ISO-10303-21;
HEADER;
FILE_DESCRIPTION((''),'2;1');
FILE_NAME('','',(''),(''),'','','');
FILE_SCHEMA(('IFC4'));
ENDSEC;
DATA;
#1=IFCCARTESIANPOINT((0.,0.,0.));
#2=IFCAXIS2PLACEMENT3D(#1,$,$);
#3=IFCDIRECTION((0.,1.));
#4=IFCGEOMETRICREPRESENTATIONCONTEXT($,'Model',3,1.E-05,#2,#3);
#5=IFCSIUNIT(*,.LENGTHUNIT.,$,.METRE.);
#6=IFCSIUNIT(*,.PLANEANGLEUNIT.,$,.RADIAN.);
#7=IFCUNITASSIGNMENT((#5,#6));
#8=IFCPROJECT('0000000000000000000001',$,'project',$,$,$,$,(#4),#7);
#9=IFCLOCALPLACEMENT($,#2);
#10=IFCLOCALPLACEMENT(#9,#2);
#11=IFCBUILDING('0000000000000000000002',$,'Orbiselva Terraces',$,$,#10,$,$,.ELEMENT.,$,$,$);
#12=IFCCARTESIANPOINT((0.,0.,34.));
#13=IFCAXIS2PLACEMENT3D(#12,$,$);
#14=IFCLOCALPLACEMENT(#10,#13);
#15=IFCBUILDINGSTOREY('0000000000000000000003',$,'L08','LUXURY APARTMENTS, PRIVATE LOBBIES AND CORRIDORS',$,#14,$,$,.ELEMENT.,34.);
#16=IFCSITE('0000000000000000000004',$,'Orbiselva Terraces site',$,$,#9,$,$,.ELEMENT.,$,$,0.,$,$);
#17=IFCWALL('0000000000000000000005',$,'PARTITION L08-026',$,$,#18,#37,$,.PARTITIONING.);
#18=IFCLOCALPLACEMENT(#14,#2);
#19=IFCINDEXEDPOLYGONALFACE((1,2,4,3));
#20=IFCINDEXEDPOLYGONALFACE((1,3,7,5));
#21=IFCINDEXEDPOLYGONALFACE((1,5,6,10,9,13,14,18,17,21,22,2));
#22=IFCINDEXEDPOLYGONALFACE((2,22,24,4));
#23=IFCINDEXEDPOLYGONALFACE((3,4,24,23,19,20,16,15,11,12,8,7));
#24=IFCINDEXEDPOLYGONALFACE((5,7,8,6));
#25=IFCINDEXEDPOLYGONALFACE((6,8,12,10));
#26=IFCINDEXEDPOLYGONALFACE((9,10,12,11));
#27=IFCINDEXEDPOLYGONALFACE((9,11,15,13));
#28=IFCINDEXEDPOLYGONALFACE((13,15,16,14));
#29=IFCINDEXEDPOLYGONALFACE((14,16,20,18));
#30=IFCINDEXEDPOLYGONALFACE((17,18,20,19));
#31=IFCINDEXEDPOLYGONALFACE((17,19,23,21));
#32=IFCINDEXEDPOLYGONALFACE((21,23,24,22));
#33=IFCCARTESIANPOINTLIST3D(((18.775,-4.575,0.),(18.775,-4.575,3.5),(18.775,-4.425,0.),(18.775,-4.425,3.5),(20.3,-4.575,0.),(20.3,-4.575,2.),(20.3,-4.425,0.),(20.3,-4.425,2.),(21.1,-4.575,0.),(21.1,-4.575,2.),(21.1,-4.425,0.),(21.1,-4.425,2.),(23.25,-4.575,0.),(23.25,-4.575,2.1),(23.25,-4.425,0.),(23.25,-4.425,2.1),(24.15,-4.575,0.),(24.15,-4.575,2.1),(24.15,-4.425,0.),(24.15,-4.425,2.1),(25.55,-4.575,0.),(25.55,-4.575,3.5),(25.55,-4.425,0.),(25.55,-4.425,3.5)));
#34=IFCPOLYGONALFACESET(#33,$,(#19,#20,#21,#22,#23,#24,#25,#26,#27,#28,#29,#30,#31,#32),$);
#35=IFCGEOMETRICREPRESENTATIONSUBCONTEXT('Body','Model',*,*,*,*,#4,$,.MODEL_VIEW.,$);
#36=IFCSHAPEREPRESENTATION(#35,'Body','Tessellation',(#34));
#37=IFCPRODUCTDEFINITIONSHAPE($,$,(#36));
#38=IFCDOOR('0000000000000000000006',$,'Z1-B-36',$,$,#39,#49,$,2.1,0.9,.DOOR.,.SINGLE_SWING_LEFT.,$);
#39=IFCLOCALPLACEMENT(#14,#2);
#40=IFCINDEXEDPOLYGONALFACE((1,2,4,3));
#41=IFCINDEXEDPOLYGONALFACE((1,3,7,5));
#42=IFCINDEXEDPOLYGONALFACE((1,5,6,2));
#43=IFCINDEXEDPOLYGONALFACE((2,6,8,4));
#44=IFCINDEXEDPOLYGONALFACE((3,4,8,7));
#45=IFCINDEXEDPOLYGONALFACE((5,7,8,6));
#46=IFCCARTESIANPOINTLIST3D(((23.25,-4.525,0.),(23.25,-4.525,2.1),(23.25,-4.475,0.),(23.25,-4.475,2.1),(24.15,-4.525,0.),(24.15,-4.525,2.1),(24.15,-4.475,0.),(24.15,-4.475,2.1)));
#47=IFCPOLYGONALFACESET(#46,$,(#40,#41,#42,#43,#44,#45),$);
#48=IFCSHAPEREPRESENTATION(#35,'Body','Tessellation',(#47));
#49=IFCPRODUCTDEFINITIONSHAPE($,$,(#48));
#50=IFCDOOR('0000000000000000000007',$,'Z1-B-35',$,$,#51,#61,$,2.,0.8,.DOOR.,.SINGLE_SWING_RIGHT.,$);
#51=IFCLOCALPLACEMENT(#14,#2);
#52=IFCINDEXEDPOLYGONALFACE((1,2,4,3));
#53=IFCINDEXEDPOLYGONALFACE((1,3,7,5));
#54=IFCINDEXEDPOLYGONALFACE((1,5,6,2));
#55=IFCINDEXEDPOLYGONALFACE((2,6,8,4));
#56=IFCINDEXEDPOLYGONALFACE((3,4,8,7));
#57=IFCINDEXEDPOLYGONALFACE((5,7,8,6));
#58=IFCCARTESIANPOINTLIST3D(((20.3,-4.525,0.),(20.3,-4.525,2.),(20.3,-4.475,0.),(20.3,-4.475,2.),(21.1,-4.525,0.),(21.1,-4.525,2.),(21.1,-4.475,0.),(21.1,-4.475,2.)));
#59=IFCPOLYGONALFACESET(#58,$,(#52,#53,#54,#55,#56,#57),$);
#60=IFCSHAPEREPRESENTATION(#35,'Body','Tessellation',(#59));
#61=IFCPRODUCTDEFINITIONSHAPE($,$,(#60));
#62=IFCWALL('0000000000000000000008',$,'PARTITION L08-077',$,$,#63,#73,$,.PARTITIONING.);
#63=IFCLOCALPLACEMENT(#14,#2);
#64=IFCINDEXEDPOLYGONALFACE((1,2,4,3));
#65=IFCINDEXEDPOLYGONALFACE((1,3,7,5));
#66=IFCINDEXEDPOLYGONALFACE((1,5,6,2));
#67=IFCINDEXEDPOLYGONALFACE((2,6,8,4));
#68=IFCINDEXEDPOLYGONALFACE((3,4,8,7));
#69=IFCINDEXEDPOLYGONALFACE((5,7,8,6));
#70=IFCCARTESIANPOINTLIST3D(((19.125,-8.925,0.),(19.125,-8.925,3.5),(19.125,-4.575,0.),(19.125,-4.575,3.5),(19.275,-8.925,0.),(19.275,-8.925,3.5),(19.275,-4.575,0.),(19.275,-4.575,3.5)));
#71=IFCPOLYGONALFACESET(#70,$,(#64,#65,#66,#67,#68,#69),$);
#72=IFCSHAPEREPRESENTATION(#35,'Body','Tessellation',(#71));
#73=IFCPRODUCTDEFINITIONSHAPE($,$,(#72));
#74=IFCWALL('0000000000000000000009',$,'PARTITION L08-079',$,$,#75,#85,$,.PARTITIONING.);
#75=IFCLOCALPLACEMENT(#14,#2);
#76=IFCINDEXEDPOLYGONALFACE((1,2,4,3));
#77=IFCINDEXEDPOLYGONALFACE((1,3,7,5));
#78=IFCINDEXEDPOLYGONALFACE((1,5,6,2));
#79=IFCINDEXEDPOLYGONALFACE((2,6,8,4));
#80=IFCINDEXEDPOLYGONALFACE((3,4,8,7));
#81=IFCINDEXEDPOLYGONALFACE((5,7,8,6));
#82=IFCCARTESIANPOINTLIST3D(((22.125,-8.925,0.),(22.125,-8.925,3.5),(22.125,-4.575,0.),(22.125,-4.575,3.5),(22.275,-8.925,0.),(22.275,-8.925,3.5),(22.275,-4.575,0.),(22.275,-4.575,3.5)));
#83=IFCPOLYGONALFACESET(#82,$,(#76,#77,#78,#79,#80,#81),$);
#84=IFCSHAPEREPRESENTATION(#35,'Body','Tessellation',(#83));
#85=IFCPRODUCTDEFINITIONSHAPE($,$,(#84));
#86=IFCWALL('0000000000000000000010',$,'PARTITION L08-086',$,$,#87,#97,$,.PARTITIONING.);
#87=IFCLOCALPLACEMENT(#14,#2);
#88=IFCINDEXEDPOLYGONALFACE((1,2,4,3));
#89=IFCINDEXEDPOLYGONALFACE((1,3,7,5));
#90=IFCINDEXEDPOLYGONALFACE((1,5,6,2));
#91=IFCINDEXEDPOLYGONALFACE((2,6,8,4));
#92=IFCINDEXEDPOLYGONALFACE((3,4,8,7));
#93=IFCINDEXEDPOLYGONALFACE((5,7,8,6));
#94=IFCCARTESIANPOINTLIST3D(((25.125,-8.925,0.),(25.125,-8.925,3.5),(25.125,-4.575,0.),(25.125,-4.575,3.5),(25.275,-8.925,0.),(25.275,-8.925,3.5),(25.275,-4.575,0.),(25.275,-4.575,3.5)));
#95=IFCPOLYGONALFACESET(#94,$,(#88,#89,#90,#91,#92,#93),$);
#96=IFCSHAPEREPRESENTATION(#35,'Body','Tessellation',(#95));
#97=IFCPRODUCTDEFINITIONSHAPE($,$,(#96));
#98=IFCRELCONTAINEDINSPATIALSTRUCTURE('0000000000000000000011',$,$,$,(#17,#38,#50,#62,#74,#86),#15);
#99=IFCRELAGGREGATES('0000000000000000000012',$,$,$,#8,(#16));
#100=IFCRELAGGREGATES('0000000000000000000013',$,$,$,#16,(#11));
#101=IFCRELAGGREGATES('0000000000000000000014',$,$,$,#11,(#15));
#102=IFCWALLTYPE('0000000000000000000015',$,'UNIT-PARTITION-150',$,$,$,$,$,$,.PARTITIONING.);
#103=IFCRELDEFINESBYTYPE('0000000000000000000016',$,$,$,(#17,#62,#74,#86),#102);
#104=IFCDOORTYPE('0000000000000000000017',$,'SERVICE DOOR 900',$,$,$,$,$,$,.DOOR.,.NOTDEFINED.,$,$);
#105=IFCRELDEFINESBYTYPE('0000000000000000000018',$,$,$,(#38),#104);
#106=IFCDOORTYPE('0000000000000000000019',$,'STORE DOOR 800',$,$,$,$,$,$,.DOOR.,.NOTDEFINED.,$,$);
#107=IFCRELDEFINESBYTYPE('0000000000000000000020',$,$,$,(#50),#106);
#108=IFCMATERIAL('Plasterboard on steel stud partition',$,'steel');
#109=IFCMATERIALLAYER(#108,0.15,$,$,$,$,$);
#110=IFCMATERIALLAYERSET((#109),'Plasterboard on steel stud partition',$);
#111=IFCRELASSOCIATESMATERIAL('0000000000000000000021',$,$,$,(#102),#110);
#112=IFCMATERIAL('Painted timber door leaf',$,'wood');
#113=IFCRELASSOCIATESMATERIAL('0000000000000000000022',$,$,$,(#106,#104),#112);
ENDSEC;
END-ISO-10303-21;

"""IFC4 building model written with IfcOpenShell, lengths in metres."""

from ifc_helpers import new_model, si_unit, direction, frame, frame_2d, origin, place, context, subcontext, project, spatial, rectangle, extrude, material, layer, layer_set, type_object, element, fill, save


model = new_model("IFC4")

# Units and contexts
model_context = context("Model", 3, precision=1e-05, world=origin(), true_north=direction((0.0, 1.0)))
body_context = subcontext(model_context, "Body", "Model", "MODEL_VIEW")
ifc_project = project(units=[si_unit("LENGTHUNIT", "METRE"), si_unit("PLANEANGLEUNIT", "RADIAN")], contexts=[model_context])

# Site, building, storey
site_placement = place(None, origin())
site = spatial("IfcSite", under=ifc_project, at=site_placement, Name="Orbiselva Terraces site", CompositionType="ELEMENT", RefElevation=0.0)
building_placement = place(site_placement, origin())
building = spatial("IfcBuilding", under=site, at=building_placement, Name="Orbiselva Terraces", CompositionType="ELEMENT")
storey_placement = place(building_placement, frame((0.0, 0.0, 34.0)))
storey = spatial("IfcBuildingStorey", under=building, at=storey_placement, Name="L08", Description="LUXURY APARTMENTS, PRIVATE LOBBIES AND CORRIDORS", CompositionType="ELEMENT", Elevation=34.0)

# Shared definitions
ifc_material_1 = material(Name="Plasterboard on steel stud partition", Category="steel")

# Shared definitions
ifc_layer_1 = layer(ifc_material_1, 0.15)
ifc_layer_set_1 = layer_set([ifc_layer_1], Name="Plasterboard on steel stud partition")
wall_type_1 = type_object("IfcWallType", Name="UNIT-PARTITION-150", PredefinedType="PARTITIONING", material=ifc_layer_set_1)
ifc_material_2 = material(Name="Painted timber door leaf", Category="wood")
door_type_1 = type_object("IfcDoorType", Name="STORE DOOR 800", OperationType="NOTDEFINED", PredefinedType="DOOR", material=ifc_material_2)

# Wall, openings, doors
wall_1_placement = place(storey_placement, frame((25.55, -4.5, 0.0), z_axis=(0.0, 0.0, 1.0), x_axis=(-1.0, 0.0, 0.0)))
wall_1 = element("IfcWall", 1, at=wall_1_placement, inside=storey, type_object=wall_type_1, Name="PARTITION L08-026", PredefinedType="PARTITIONING", context=body_context, shape_type="SweptSolid", body=[
    extrude(rectangle(XDim=6.775, YDim=0.15, at=frame_2d((3.3875, 0.0))), origin(), (0.0, 0.0, 1.0), 3.5),
])
opening_1_placement = place(wall_1_placement, frame((4.45, 0.0, 0.0)))
opening_1 = element("IfcOpeningElement", 2, at=opening_1_placement, cuts=wall_1, PredefinedType="OPENING", context=body_context, shape_type="SweptSolid", body=[
    extrude(rectangle(XDim=0.8, YDim=2.0, at=frame_2d((0.4, 1.0))), frame((0.0, 0.085, 0.0), z_axis=(0.0, -1.0, 0.0), x_axis=(1.0, 0.0, 0.0)), (0.0, 0.0, 1.0), 0.17),
])
opening_2_placement = place(wall_1_placement, frame((1.4, 0.0, 0.0)))
opening_2 = element("IfcOpeningElement", 3, at=opening_2_placement, cuts=wall_1, PredefinedType="OPENING", context=body_context, shape_type="SweptSolid", body=[
    extrude(rectangle(XDim=0.9, YDim=2.1, at=frame_2d((0.45, 1.05))), frame((0.0, 0.085, 0.0), z_axis=(0.0, -1.0, 0.0), x_axis=(1.0, 0.0, 0.0)), (0.0, 0.0, 1.0), 0.17),
])
door_type_2 = type_object("IfcDoorType", Name="SERVICE DOOR 900", OperationType="NOTDEFINED", PredefinedType="DOOR", material=ifc_material_2)
door_1_placement = place(opening_2_placement, origin())
door_1 = element("IfcDoor", 4, at=door_1_placement, inside=storey, type_object=door_type_2, Name="Z1-B-36", OperationType="SINGLE_SWING_LEFT", OverallHeight=2.1, OverallWidth=0.9, PredefinedType="DOOR", context=body_context, shape_type="SweptSolid", body=[
    extrude(rectangle(XDim=0.9, YDim=2.1, at=frame_2d((0.45, 1.05))), frame((0.0, 0.025, 0.0), z_axis=(0.0, -1.0, 0.0), x_axis=(1.0, 0.0, 0.0)), (0.0, 0.0, 1.0), 0.05),
])
fill(opening_2, door_1)
door_2_placement = place(opening_1_placement, origin())
door_2 = element("IfcDoor", 5, at=door_2_placement, inside=storey, type_object=door_type_1, Name="Z1-B-35", OperationType="SINGLE_SWING_RIGHT", OverallHeight=2.0, OverallWidth=0.8, PredefinedType="DOOR", context=body_context, shape_type="SweptSolid", body=[
    extrude(rectangle(XDim=0.8, YDim=2.0, at=frame_2d((0.4, 1.0))), frame((0.0, 0.025, 0.0), z_axis=(0.0, -1.0, 0.0), x_axis=(1.0, 0.0, 0.0)), (0.0, 0.0, 1.0), 0.05),
])
fill(opening_1, door_2)

# Walls
for number, where, z_axis, x_axis, name in (
    (6, (19.2, -8.925, 0.0), (0.0, 0.0, 1.0), (0.0, 1.0, 0.0), "PARTITION L08-077"),
    (7, (22.2, -8.925, 0.0), (0.0, 0.0, 1.0), (0.0, 1.0, 0.0), "PARTITION L08-079"),
    (8, (25.2, -8.925, 0.0), (0.0, 0.0, 1.0), (0.0, 1.0, 0.0), "PARTITION L08-086"),
):
    element("IfcWall", number, at=place(storey_placement, frame(where, z_axis=z_axis, x_axis=x_axis)), inside=storey, type_object=wall_type_1, Name=name, PredefinedType="PARTITIONING", context=body_context, shape_type="SweptSolid", body=[
        extrude(rectangle(XDim=4.35, YDim=0.15, at=frame_2d((2.175, 0.0))), origin(), (0.0, 0.0, 1.0), 3.5),
    ])

save(model, "model.ifc")
